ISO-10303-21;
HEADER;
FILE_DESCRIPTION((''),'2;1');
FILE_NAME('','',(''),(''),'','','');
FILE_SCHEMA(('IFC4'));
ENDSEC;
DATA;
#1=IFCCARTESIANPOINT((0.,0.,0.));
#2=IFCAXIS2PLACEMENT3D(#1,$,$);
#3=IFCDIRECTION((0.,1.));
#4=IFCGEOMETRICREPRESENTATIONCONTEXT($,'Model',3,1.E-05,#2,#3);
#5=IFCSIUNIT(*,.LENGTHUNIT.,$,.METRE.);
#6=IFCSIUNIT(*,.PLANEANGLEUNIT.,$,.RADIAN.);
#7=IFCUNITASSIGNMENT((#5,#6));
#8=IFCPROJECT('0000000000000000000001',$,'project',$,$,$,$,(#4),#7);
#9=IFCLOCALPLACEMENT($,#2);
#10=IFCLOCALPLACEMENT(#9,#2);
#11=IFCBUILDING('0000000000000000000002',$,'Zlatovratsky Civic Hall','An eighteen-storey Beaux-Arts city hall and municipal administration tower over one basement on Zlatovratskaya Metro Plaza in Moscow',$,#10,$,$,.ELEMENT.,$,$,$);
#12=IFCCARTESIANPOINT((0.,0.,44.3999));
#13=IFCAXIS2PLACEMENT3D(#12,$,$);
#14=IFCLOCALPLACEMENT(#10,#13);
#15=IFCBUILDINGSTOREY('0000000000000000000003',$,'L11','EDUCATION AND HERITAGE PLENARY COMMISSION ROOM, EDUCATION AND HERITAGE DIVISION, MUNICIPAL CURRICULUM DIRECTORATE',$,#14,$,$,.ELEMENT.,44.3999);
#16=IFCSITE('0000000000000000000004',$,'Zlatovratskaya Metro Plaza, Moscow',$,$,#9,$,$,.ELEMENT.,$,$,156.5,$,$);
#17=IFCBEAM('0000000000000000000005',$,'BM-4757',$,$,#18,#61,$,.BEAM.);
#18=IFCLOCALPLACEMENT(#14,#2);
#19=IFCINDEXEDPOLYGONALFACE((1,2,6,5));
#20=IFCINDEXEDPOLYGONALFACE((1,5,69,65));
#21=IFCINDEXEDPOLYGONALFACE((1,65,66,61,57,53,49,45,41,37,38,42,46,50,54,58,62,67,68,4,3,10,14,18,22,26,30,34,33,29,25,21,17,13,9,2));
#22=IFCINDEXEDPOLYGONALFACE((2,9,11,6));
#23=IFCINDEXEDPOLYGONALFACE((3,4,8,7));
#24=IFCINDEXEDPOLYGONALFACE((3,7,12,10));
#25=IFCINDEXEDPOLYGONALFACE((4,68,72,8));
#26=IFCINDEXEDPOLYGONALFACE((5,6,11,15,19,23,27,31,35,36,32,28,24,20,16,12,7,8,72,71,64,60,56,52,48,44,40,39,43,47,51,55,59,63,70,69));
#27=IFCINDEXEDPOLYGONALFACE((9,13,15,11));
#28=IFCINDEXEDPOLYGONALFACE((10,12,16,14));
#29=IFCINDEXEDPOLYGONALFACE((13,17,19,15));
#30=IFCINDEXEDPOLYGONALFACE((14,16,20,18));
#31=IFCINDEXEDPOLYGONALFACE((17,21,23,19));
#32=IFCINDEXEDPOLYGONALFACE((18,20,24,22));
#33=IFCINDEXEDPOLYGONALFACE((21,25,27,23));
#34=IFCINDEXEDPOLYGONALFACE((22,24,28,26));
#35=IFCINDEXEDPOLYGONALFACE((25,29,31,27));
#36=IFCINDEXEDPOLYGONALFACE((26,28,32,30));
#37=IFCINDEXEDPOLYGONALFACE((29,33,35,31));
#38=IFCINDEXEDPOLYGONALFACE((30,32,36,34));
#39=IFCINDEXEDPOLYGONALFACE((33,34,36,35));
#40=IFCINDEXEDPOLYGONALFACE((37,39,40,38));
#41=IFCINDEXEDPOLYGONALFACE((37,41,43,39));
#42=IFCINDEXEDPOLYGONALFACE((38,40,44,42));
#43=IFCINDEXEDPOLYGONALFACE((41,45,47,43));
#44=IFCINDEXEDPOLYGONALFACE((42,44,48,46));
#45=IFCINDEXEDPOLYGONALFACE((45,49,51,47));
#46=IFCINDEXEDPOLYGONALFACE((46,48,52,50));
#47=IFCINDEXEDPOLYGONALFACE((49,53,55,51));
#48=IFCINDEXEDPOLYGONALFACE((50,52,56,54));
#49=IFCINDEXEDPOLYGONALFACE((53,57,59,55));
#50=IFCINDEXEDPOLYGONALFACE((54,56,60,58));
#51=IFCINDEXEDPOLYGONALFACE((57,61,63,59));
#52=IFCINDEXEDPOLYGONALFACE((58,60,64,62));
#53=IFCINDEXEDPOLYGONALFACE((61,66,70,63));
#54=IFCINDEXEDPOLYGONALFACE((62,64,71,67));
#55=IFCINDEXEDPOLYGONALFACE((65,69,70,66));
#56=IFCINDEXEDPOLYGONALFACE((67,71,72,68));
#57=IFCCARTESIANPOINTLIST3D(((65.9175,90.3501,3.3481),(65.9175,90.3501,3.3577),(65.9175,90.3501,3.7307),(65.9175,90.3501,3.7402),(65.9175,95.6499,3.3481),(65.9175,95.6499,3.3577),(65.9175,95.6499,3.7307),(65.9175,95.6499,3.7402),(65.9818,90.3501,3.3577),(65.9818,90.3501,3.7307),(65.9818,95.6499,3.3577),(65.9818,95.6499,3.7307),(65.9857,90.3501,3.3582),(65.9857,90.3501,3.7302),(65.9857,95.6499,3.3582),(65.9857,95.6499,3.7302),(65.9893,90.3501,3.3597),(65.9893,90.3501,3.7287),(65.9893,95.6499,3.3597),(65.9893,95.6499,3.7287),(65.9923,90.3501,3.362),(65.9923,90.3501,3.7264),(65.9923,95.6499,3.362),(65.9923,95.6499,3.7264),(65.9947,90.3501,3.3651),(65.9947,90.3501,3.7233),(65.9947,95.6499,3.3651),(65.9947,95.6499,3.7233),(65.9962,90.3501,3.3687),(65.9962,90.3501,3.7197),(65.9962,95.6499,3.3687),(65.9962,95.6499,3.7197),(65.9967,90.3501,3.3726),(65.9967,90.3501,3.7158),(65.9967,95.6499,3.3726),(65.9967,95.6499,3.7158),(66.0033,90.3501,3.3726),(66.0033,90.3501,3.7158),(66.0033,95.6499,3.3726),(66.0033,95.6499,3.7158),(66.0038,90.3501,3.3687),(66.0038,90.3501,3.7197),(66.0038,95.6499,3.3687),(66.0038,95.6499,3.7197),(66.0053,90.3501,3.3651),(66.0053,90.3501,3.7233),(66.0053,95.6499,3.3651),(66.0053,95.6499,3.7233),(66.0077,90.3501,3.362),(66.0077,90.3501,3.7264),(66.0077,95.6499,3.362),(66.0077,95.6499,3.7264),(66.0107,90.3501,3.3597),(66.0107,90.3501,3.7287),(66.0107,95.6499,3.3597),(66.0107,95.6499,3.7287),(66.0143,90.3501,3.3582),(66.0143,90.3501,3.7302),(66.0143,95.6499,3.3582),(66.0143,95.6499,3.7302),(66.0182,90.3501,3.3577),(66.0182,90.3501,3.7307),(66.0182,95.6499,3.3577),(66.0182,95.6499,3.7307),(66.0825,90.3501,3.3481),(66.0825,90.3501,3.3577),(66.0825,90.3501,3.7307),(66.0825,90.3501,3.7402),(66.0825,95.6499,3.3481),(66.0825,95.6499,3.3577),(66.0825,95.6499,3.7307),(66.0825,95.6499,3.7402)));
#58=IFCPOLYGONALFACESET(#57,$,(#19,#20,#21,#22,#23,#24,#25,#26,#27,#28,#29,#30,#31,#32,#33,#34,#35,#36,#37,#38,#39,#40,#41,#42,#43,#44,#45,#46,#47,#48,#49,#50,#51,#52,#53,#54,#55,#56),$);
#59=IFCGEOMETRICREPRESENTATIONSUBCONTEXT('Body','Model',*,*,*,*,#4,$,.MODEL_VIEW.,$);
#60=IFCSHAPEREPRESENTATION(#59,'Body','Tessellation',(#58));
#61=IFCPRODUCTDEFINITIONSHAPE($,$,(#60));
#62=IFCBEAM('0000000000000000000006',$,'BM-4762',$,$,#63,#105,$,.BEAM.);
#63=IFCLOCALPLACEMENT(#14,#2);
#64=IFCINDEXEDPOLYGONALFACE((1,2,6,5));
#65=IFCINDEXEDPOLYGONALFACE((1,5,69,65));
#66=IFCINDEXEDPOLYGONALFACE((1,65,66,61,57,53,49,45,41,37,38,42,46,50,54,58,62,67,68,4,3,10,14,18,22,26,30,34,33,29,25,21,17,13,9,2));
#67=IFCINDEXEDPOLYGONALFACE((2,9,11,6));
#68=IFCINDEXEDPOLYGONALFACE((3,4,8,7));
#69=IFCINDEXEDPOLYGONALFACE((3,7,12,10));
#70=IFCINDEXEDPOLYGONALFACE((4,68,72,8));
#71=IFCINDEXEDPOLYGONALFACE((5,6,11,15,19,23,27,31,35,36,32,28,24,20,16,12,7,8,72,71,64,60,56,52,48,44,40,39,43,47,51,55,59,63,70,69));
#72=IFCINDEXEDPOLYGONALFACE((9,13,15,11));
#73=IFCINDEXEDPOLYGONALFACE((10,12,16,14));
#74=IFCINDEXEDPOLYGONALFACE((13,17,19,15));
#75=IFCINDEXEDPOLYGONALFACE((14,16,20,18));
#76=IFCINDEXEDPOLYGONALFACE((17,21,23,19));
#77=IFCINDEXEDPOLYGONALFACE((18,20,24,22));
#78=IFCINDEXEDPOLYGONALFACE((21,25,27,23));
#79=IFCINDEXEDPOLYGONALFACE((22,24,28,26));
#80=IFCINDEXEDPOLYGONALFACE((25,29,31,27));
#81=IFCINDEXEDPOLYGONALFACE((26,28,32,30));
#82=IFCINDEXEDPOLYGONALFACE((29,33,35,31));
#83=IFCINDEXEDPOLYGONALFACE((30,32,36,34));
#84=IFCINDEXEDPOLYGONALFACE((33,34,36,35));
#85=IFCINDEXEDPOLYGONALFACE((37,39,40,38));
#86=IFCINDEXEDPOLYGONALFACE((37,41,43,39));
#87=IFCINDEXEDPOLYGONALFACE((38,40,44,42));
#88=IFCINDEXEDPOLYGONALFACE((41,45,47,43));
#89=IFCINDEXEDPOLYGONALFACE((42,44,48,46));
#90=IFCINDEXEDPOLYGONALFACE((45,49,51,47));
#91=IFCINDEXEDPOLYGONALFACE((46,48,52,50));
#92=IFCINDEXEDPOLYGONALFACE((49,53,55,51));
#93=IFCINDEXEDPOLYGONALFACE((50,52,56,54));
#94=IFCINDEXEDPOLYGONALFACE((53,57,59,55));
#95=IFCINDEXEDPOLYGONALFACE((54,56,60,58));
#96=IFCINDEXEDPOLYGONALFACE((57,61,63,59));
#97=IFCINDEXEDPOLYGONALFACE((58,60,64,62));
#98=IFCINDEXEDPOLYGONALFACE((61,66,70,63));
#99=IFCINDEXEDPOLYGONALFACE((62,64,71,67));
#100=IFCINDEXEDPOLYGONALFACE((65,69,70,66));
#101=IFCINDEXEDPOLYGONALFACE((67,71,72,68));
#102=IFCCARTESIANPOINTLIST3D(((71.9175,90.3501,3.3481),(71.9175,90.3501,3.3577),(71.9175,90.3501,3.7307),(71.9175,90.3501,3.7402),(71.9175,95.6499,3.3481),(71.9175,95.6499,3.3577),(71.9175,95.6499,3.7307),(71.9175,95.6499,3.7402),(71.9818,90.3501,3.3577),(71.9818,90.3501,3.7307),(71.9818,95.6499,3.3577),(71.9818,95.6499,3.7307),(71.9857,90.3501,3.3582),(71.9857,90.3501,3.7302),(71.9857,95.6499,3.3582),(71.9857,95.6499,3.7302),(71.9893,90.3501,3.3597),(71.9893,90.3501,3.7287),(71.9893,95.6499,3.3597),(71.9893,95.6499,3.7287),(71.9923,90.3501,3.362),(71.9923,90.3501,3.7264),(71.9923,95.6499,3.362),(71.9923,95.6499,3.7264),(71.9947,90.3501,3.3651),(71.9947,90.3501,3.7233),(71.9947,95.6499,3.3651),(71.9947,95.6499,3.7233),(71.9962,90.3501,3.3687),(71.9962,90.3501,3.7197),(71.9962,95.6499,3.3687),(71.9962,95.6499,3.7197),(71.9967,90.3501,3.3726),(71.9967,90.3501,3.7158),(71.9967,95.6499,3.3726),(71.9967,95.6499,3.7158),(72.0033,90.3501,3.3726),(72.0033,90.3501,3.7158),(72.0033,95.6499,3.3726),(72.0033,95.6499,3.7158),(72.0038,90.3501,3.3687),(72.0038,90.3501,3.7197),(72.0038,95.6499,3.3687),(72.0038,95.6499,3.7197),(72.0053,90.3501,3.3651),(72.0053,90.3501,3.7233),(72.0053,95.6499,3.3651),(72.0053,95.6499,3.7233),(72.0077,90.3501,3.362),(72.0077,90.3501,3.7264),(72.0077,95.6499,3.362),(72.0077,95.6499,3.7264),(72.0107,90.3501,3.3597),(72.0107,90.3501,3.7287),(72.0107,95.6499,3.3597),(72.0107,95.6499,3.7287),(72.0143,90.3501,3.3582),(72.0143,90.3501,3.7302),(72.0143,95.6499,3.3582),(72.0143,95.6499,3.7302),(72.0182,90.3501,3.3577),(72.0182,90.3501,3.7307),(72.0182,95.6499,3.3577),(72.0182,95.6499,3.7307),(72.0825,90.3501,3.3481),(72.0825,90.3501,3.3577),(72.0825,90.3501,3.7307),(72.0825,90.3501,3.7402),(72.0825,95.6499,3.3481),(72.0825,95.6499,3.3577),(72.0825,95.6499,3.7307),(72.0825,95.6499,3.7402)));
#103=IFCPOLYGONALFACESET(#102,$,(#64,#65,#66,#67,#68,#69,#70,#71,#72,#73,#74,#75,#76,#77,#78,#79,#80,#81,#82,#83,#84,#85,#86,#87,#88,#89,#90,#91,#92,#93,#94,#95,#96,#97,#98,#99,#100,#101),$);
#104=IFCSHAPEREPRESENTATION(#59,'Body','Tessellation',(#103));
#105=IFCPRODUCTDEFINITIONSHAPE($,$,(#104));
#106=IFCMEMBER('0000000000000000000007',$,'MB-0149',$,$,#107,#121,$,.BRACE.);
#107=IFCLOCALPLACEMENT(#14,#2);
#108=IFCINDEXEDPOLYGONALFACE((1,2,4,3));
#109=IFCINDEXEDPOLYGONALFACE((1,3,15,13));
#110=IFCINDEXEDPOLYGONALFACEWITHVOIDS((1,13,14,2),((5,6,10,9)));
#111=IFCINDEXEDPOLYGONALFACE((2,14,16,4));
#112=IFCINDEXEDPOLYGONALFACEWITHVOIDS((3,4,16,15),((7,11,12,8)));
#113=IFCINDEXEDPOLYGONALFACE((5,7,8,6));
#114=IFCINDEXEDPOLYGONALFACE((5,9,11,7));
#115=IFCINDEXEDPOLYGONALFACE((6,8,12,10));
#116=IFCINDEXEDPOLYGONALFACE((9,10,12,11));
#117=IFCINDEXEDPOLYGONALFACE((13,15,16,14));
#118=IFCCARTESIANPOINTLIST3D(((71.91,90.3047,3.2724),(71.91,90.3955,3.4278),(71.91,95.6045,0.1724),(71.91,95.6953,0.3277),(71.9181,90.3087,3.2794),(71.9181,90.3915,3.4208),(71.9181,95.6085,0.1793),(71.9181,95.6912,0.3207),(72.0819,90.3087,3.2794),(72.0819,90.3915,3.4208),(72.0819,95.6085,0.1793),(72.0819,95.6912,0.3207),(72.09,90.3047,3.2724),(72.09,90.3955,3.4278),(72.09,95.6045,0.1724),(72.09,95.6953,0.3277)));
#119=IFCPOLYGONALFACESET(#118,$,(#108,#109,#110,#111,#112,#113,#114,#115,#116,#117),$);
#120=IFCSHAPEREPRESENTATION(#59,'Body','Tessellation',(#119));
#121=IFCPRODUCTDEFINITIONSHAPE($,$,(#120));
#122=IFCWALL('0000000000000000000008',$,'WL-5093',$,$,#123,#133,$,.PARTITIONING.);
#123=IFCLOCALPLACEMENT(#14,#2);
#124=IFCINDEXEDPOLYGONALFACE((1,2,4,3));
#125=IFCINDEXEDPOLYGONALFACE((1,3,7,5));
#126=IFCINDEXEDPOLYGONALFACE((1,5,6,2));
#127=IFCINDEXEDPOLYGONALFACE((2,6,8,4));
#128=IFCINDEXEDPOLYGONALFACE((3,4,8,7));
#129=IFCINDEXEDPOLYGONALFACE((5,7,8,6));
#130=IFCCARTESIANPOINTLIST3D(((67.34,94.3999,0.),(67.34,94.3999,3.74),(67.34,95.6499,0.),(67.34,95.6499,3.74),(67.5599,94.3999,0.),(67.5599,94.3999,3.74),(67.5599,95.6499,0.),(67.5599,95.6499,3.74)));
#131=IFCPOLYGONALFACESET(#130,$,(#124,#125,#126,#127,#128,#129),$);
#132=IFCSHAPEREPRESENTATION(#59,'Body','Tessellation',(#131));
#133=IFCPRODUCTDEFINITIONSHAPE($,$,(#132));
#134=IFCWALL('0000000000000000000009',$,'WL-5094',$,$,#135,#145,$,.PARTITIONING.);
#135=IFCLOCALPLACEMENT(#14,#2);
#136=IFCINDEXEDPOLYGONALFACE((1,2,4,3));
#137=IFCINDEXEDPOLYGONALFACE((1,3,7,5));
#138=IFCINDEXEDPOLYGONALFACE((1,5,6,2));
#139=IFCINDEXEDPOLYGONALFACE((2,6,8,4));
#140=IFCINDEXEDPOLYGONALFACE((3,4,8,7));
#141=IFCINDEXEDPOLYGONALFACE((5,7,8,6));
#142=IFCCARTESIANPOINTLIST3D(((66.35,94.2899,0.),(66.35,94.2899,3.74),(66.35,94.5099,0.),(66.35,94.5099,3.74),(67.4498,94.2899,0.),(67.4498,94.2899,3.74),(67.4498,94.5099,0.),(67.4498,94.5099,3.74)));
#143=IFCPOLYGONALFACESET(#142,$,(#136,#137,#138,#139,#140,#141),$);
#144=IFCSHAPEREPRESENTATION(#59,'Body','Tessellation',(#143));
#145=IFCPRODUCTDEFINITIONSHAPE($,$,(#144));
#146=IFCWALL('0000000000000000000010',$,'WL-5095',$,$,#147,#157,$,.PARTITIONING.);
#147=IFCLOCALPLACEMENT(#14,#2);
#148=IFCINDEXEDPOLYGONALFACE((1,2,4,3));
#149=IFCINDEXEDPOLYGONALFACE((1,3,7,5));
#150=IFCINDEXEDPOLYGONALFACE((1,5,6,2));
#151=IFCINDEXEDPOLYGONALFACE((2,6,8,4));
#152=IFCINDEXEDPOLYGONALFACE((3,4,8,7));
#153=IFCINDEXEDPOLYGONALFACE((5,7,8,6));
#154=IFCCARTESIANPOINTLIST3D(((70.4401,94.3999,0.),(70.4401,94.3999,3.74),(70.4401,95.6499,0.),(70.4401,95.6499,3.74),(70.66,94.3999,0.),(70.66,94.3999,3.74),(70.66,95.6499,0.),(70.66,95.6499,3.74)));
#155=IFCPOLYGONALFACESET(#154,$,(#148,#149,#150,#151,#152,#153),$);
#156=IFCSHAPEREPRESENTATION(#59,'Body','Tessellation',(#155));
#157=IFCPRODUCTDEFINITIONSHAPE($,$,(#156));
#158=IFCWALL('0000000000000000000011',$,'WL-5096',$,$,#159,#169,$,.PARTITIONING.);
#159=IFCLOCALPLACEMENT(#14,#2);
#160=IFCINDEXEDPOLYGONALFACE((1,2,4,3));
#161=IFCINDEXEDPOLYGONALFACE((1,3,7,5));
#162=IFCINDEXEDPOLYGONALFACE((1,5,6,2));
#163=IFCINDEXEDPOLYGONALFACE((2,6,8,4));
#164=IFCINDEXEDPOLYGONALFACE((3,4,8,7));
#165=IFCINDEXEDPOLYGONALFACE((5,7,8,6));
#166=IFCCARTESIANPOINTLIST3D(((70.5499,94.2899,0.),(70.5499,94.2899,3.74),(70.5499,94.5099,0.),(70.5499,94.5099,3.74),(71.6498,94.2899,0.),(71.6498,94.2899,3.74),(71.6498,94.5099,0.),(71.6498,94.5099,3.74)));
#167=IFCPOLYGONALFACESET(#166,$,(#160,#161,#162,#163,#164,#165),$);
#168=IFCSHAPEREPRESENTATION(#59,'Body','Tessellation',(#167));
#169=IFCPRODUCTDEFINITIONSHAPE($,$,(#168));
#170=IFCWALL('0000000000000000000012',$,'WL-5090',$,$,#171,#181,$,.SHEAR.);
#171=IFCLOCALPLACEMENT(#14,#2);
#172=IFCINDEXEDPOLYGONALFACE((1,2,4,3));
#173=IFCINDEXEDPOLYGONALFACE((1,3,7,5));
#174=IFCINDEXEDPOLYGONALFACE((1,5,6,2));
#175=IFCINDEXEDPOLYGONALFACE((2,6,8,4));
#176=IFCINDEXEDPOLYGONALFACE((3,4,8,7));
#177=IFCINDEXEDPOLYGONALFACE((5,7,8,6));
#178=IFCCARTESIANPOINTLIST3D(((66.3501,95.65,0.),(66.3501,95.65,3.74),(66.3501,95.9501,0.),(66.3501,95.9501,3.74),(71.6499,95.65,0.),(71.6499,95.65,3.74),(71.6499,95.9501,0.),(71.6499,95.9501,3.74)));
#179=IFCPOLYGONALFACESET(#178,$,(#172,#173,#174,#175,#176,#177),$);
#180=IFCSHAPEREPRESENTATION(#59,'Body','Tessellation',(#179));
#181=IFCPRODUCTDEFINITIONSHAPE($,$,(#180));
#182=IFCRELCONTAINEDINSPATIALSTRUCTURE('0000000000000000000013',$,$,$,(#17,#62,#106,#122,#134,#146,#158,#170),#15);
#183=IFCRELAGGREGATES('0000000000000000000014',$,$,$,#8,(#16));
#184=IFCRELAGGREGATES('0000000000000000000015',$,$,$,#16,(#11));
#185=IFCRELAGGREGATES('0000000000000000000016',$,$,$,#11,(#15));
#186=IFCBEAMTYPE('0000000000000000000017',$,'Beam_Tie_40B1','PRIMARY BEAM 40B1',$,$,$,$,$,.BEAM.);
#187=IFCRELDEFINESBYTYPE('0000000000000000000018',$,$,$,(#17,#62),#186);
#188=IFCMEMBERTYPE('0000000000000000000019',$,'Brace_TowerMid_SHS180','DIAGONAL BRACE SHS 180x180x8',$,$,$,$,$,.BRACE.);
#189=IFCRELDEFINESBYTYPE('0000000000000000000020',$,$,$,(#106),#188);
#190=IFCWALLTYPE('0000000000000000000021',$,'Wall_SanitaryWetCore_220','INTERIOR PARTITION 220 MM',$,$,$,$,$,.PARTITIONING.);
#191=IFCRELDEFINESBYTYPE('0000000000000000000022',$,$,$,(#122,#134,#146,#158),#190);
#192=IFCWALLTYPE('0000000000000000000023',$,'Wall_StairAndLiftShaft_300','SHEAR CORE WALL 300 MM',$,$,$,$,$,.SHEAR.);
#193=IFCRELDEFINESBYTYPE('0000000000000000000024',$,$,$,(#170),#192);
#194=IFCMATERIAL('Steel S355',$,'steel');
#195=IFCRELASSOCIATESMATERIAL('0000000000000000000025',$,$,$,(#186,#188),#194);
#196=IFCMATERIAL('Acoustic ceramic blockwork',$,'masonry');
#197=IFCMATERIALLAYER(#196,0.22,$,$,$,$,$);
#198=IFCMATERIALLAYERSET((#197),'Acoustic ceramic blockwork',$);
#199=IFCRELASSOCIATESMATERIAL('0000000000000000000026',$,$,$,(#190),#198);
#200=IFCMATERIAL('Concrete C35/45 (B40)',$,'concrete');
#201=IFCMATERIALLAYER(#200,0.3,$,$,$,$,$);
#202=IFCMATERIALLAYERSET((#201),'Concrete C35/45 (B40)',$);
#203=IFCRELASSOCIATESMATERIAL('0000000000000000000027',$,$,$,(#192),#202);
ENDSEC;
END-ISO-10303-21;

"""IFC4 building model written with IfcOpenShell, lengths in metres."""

from ifc_helpers import new_model, si_unit, direction, frame, frame_2d, origin, origin_2d, place, context, subcontext, project, spatial, rectangle, hollow_rectangle, i_section, extrude, material, layer, layer_set, material_profile, profile_set, type_object, element, save


model = new_model("IFC4")

# Units and contexts
model_context = context("Model", 3, precision=1e-05, world=origin(), true_north=direction((0.0, 1.0)))
body_context = subcontext(model_context, "Body", "Model", "MODEL_VIEW")
ifc_project = project(units=[si_unit("LENGTHUNIT", "METRE"), si_unit("PLANEANGLEUNIT", "RADIAN")], contexts=[model_context])

# Site, building, storey
site_placement = place(None, origin())
site = spatial("IfcSite", under=ifc_project, at=site_placement, Name="Zlatovratskaya Metro Plaza, Moscow", CompositionType="ELEMENT", RefElevation=156.5)
building_placement = place(site_placement, origin())
building = spatial("IfcBuilding", under=site, at=building_placement, Name="Zlatovratsky Civic Hall", Description="An eighteen-storey Beaux-Arts city hall and municipal administration tower over one basement on Zlatovratskaya Metro Plaza in Moscow", CompositionType="ELEMENT")
storey_placement = place(building_placement, frame((0.0, 0.0, 44.3999)))
storey = spatial("IfcBuildingStorey", under=building, at=storey_placement, Name="L11", Description="EDUCATION AND HERITAGE PLENARY COMMISSION ROOM, EDUCATION AND HERITAGE DIVISION, MUNICIPAL CURRICULUM DIRECTORATE", CompositionType="ELEMENT", Elevation=44.3999)

# Shared definitions
ifc_material_1 = material(Name="Concrete C35/45 (B40)", Category="concrete")

# Beams
ifc_material_2 = material(Name="Steel S355", Category="steel")
ifc_material_profile_1 = material_profile(ifc_material_2, i_section(OverallWidth=0.165, OverallDepth=0.3921, WebThickness=0.0066, FlangeThickness=0.0095, FilletRadius=0.0149, at=origin_2d()), Name="40B1")
ifc_profile_set_1 = profile_set([ifc_material_profile_1], Name="Steel S355")
beam_type_1 = type_object("IfcBeamType", Name="Beam_Tie_40B1", Description="PRIMARY BEAM 40B1", PredefinedType="BEAM", material=ifc_profile_set_1)
for number, where, z_axis, x_axis, name in (
    (1, (66.0, 90.3501, 3.5442), (0.0, 1.0, 0.0), (-1.0, 0.0, 0.0), "BM-4757"),
    (2, (72.0, 90.3501, 3.5442), (0.0, 1.0, 0.0), (-1.0, 0.0, 0.0), "BM-4762"),
):
    element("IfcBeam", number, at=place(storey_placement, frame(where, z_axis=z_axis, x_axis=x_axis)), inside=storey, type_object=beam_type_1, Name=name, PredefinedType="BEAM", context=body_context, shape_type="SweptSolid", body=[
        extrude(i_section(OverallWidth=0.165, OverallDepth=0.3921, WebThickness=0.0066, FlangeThickness=0.0095, FilletRadius=0.0149, at=origin_2d()), origin(), (0.0, 0.0, 1.0), 5.2998),
    ])

# Member
ifc_material_profile_2 = material_profile(ifc_material_2, hollow_rectangle(XDim=0.1799, YDim=0.1799, WallThickness=0.0081, at=origin_2d()), Name="SHS 180x180x8")
ifc_profile_set_2 = profile_set([ifc_material_profile_2], Name="Steel S355")
member_type = type_object("IfcMemberType", Name="Brace_TowerMid_SHS180", Description="DIAGONAL BRACE SHS 180x180x8", PredefinedType="BRACE", material=ifc_profile_set_2)
member_placement = place(storey_placement, frame((72.0, 90.3501, 3.3501), z_axis=(0.0, 0.863173, -0.504909), x_axis=(-1.0, 0.0, 0.0)))
element("IfcMember", 3, at=member_placement, inside=storey, type_object=member_type, Name="MB-0149", PredefinedType="BRACE", context=body_context, shape_type="SweptSolid", body=[
    extrude(hollow_rectangle(XDim=0.1799, YDim=0.1799, WallThickness=0.0081, at=origin_2d()), origin(), (0.0, 0.0, 1.0), 6.1399),
])

# Walls
ifc_material_3 = material(Name="Acoustic ceramic blockwork", Category="masonry")
ifc_layer_1 = layer(ifc_material_3, 0.22)
ifc_layer_set_1 = layer_set([ifc_layer_1], Name="Acoustic ceramic blockwork")
wall_type_1 = type_object("IfcWallType", Name="Wall_SanitaryWetCore_220", Description="INTERIOR PARTITION 220 MM", PredefinedType="PARTITIONING", material=ifc_layer_set_1)
wall_1_placement = place(storey_placement, frame((67.45, 94.3999, 0.0), z_axis=(0.0, 0.0, 1.0), x_axis=(0.0, 1.0, 0.0)))
element("IfcWall", 4, at=wall_1_placement, inside=storey, type_object=wall_type_1, Name="WL-5093", PredefinedType="PARTITIONING", context=body_context, shape_type="SweptSolid", body=[
    extrude(rectangle(XDim=1.25, YDim=0.22, at=frame_2d((0.625, 0.0))), origin(), (0.0, 0.0, 1.0), 3.74),
])
wall_2_placement = place(storey_placement, frame((66.3501, 94.3999, 0.0), z_axis=(0.0, 0.0, 1.0), x_axis=(1.0, 0.0, 0.0)))
element("IfcWall", 5, at=wall_2_placement, inside=storey, type_object=wall_type_1, Name="WL-5094", PredefinedType="PARTITIONING", context=body_context, shape_type="SweptSolid", body=[
    extrude(rectangle(XDim=1.0999, YDim=0.22, at=frame_2d((0.5498, 0.0))), origin(), (0.0, 0.0, 1.0), 3.74),
])
wall_3_placement = place(storey_placement, frame((70.55, 94.3999, 0.0), z_axis=(0.0, 0.0, 1.0), x_axis=(0.0, 1.0, 0.0)))
element("IfcWall", 6, at=wall_3_placement, inside=storey, type_object=wall_type_1, Name="WL-5095", PredefinedType="PARTITIONING", context=body_context, shape_type="SweptSolid", body=[
    extrude(rectangle(XDim=1.25, YDim=0.22, at=frame_2d((0.625, 0.0))), origin(), (0.0, 0.0, 1.0), 3.74),
])
wall_4_placement = place(storey_placement, frame((70.55, 94.3999, 0.0), z_axis=(0.0, 0.0, 1.0), x_axis=(1.0, 0.0, 0.0)))
element("IfcWall", 7, at=wall_4_placement, inside=storey, type_object=wall_type_1, Name="WL-5096", PredefinedType="PARTITIONING", context=body_context, shape_type="SweptSolid", body=[
    extrude(rectangle(XDim=1.0999, YDim=0.22, at=frame_2d((0.5498, 0.0))), origin(), (0.0, 0.0, 1.0), 3.74),
])
ifc_layer_2 = layer(ifc_material_1, 0.3)
ifc_layer_set_2 = layer_set([ifc_layer_2], Name="Concrete C35/45 (B40)")
wall_type_2 = type_object("IfcWallType", Name="Wall_StairAndLiftShaft_300", Description="SHEAR CORE WALL 300 MM", PredefinedType="SHEAR", material=ifc_layer_set_2)
wall_5_placement = place(storey_placement, frame((66.3501, 95.8, 0.0), z_axis=(0.0, 0.0, 1.0), x_axis=(1.0, 0.0, 0.0)))
element("IfcWall", 8, at=wall_5_placement, inside=storey, type_object=wall_type_2, Name="WL-5090", PredefinedType="SHEAR", context=body_context, shape_type="SweptSolid", body=[
    extrude(rectangle(XDim=5.2998, YDim=0.3, at=frame_2d((2.6499, 0.0))), origin(), (0.0, 0.0, 1.0), 3.74),
])

save(model, "model.ifc")
